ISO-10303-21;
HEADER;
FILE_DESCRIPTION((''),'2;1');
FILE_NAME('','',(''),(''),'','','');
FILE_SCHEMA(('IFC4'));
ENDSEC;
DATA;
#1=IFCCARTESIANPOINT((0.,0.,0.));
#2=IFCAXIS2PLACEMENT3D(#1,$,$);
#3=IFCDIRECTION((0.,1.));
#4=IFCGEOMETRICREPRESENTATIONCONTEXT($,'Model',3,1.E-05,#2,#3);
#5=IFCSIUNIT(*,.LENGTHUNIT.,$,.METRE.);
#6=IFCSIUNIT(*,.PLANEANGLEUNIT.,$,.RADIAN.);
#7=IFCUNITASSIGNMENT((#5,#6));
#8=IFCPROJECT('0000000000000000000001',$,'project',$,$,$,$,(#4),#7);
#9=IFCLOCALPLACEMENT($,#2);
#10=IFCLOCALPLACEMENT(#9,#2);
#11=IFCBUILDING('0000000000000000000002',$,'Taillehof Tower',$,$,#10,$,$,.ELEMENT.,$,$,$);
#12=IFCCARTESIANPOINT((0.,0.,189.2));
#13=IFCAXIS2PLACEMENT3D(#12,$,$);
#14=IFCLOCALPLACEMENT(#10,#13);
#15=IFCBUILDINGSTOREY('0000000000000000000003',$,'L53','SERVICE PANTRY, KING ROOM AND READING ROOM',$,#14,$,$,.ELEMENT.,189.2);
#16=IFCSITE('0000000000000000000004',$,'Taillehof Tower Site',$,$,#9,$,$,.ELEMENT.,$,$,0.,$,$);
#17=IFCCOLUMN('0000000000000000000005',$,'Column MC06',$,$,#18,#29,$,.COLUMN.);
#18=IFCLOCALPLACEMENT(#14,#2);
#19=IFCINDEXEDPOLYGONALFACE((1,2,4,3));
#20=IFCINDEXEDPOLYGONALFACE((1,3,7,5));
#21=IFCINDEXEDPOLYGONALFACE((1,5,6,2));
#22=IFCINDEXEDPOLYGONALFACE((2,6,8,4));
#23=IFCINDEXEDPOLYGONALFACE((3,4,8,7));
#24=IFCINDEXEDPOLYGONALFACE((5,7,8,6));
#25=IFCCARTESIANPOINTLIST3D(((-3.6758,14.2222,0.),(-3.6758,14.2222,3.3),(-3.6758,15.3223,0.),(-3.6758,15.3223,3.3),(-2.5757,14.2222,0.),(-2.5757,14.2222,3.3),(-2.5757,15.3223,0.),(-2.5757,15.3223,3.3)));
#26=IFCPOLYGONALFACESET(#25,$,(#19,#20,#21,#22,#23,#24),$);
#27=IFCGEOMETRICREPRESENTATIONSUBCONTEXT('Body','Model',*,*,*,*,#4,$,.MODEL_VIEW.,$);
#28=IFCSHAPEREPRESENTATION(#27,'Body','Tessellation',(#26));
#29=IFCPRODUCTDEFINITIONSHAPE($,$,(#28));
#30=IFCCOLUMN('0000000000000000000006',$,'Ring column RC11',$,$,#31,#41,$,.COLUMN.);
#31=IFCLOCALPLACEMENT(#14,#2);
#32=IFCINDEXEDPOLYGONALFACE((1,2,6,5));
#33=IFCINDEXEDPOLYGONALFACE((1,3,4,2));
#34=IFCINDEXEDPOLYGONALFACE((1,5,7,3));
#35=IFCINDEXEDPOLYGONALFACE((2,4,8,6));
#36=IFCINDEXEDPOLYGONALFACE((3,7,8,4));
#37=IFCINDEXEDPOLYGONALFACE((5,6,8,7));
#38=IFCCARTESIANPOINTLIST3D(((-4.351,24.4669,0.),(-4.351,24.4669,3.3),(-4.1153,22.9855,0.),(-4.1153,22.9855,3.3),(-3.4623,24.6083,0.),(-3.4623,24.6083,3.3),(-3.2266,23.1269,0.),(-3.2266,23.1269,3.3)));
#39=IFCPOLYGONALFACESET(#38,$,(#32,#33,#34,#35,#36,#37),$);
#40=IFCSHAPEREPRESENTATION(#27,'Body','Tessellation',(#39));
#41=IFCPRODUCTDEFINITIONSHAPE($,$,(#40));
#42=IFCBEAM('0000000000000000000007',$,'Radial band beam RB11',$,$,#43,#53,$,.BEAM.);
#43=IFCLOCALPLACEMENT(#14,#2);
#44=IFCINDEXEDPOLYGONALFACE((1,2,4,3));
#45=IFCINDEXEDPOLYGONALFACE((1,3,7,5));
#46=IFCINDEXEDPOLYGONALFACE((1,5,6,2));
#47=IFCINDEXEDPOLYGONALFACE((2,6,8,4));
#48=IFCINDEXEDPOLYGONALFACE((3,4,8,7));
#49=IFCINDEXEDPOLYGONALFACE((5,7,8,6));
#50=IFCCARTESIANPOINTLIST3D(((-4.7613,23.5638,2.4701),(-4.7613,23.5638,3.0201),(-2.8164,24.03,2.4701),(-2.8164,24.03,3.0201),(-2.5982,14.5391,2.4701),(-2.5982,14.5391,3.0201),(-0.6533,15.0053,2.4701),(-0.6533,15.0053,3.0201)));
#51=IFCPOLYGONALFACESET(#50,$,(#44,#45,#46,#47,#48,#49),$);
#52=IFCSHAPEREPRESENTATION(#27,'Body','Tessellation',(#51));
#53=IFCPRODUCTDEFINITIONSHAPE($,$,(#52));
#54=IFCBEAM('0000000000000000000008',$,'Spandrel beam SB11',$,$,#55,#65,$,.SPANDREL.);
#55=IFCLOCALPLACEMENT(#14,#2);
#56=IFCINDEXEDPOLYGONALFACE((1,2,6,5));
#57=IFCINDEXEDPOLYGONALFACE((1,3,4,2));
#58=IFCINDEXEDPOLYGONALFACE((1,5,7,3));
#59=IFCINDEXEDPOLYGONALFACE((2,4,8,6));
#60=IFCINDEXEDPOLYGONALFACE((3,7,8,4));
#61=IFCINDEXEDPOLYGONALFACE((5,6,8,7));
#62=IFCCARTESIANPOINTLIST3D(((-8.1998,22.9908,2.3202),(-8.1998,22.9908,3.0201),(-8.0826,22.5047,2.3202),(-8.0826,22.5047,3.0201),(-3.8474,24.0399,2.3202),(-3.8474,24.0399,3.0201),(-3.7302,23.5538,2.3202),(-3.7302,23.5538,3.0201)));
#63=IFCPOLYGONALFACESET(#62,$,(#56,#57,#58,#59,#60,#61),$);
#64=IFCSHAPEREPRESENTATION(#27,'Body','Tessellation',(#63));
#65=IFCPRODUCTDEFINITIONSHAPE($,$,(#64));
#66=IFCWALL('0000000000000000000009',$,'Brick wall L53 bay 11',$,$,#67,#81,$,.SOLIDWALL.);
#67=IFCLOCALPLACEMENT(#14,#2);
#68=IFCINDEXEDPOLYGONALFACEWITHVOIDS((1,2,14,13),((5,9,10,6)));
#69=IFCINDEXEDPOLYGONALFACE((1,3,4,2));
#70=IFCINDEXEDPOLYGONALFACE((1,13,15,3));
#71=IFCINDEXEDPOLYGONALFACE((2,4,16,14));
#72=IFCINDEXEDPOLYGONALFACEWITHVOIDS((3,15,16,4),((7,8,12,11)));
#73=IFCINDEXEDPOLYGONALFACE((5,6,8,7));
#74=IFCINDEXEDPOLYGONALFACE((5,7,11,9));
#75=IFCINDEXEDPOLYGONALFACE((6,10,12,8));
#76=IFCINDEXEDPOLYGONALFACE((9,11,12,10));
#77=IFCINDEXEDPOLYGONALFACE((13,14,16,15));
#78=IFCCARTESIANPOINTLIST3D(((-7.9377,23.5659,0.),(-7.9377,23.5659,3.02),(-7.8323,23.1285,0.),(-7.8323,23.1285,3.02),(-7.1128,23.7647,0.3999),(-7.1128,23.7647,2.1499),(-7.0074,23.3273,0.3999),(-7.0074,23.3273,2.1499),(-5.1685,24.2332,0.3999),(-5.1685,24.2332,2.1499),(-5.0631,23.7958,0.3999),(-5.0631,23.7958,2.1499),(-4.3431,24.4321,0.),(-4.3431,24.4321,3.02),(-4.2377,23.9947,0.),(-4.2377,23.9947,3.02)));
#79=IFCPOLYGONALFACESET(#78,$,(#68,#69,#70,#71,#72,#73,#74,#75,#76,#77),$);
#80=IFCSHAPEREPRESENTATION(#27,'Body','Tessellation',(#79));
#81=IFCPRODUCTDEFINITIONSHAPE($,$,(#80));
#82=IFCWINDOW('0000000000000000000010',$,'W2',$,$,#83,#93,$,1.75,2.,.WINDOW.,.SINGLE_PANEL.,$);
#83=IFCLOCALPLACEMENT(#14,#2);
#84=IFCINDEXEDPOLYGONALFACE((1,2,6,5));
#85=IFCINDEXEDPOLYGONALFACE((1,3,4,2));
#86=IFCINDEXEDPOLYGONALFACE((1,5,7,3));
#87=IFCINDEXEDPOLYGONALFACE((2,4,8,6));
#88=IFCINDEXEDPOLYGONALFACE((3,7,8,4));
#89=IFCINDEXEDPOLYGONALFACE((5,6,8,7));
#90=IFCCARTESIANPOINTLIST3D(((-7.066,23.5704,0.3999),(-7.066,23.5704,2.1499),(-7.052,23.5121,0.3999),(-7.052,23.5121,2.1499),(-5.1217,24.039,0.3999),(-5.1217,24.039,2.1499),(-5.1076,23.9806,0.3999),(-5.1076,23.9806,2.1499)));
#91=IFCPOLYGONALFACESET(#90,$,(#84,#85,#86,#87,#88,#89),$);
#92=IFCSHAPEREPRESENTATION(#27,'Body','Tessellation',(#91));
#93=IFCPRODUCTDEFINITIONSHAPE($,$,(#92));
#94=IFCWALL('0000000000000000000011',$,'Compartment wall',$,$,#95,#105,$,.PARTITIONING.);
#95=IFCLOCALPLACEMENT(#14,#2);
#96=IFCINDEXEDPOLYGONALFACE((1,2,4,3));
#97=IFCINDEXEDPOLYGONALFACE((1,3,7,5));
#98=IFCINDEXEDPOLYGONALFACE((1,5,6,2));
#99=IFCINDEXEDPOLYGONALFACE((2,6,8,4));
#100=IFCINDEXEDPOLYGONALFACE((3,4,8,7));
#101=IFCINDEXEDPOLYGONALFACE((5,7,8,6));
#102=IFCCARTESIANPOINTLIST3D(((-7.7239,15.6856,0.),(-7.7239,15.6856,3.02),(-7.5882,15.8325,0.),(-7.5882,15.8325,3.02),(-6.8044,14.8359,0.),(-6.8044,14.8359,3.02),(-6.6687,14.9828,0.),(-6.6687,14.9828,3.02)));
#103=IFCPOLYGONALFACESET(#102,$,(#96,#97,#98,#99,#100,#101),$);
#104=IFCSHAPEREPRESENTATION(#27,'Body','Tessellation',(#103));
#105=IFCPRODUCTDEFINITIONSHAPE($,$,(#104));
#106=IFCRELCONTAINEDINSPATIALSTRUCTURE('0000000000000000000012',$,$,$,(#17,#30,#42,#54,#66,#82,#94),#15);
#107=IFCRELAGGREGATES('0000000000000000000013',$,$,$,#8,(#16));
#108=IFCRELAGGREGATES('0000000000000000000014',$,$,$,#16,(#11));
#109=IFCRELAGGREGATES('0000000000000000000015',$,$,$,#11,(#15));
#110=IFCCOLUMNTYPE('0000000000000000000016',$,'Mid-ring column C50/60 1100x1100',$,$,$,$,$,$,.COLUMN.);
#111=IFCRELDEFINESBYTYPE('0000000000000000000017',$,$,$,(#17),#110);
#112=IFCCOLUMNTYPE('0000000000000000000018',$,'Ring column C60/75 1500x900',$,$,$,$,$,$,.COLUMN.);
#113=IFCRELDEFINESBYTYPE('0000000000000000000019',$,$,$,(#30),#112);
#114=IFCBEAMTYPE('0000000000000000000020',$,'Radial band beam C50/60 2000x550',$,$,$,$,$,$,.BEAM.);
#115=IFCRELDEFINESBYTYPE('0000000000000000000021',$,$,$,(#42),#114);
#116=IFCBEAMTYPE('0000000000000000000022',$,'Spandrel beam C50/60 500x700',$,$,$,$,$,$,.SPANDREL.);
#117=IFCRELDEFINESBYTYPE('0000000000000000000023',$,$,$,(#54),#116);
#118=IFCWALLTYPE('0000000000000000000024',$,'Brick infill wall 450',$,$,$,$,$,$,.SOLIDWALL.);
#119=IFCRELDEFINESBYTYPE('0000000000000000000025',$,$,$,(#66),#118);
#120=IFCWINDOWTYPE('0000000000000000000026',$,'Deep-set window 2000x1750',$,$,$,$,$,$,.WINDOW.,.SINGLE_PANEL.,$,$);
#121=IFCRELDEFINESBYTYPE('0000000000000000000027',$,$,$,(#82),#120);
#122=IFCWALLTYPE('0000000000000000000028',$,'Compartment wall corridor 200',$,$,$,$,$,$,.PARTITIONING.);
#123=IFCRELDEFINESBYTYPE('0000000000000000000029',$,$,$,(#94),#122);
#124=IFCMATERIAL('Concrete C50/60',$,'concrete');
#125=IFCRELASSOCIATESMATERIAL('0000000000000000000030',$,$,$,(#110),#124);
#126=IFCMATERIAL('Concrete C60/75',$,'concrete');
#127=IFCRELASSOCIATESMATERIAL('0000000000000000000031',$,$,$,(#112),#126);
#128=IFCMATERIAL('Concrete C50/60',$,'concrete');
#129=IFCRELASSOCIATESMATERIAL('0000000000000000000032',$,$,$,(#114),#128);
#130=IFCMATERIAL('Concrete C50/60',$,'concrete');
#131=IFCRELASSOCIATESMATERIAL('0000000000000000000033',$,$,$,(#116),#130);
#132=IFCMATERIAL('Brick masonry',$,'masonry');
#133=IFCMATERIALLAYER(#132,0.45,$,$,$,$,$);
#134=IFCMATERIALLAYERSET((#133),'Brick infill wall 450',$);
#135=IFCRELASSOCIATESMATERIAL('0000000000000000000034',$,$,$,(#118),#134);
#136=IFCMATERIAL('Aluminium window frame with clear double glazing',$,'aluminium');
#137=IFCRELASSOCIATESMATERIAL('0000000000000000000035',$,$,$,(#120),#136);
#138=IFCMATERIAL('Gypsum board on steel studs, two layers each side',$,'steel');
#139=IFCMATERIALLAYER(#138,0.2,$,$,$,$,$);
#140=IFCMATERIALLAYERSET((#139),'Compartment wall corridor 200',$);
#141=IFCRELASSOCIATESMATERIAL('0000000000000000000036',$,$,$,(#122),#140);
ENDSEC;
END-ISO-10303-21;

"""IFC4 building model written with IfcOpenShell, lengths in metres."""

from ifc_helpers import new_model, si_unit, direction, frame, frame_2d, origin, origin_2d, place, context, subcontext, project, spatial, rectangle, extrude, material, layer, layer_set, material_profile, profile_set, type_object, element, fill, save


model = new_model("IFC4")

# Units and contexts
model_context = context("Model", 3, precision=1e-05, world=origin(), true_north=direction((0.0, 1.0)))
body_context = subcontext(model_context, "Body", "Model", "MODEL_VIEW")
ifc_project = project(units=[si_unit("LENGTHUNIT", "METRE"), si_unit("PLANEANGLEUNIT", "RADIAN")], contexts=[model_context])

# Site, building, storey
site_placement = place(None, origin())
site = spatial("IfcSite", under=ifc_project, at=site_placement, Name="Taillehof Tower Site", CompositionType="ELEMENT", RefElevation=0.0)
building_placement = place(site_placement, origin())
building = spatial("IfcBuilding", under=site, at=building_placement, Name="Taillehof Tower", CompositionType="ELEMENT")
storey_placement = place(building_placement, frame((0.0, 0.0, 189.2)))
storey = spatial("IfcBuildingStorey", under=building, at=storey_placement, Name="L53", Description="SERVICE PANTRY, KING ROOM AND READING ROOM", CompositionType="ELEMENT", Elevation=189.2)

# Columns
ifc_material_1 = material(Name="Concrete C50/60", Category="concrete")
ifc_material_profile_1 = material_profile(ifc_material_1, rectangle(XDim=1.1001, YDim=1.1001, at=origin_2d()), Name="RC 1100x1100")
ifc_profile_set_1 = profile_set([ifc_material_profile_1], Name="Concrete C50/60")
column_type_1 = type_object("IfcColumnType", Name="Mid-ring column C50/60 1100x1100", PredefinedType="COLUMN", material=ifc_profile_set_1)
column_1_placement = place(storey_placement, frame((-3.1257, 14.7722, 0.0), z_axis=(0.0, 0.0, 1.0), x_axis=(1.0, 0.0, 0.0)))
element("IfcColumn", 1, at=column_1_placement, inside=storey, type_object=column_type_1, Name="Column MC06", PredefinedType="COLUMN", context=body_context, shape_type="SweptSolid", body=[
    extrude(rectangle(XDim=1.1001, YDim=1.1001, at=origin_2d()), origin(), (0.0, 0.0, 1.0), 3.3),
])
ifc_material_2 = material(Name="Concrete C60/75", Category="concrete")
ifc_material_profile_2 = material_profile(ifc_material_2, rectangle(XDim=1.5, YDim=0.8999, at=origin_2d()), Name="RC 1500x900")
ifc_profile_set_2 = profile_set([ifc_material_profile_2], Name="Concrete C60/75")
column_type_2 = type_object("IfcColumnType", Name="Ring column C60/75 1500x900", PredefinedType="COLUMN", material=ifc_profile_set_2)
column_2_placement = place(storey_placement, frame((-3.7888, 23.7969, 0.0), z_axis=(0.0, 0.0, 1.0), x_axis=(-0.157116, 0.98758, 0.0)))
element("IfcColumn", 2, at=column_2_placement, inside=storey, type_object=column_type_2, Name="Ring column RC11", PredefinedType="COLUMN", context=body_context, shape_type="SweptSolid", body=[
    extrude(rectangle(XDim=1.5, YDim=0.8999, at=origin_2d()), origin(), (0.0, 0.0, 1.0), 3.3),
])

# Beams
ifc_material_3 = material(Name="Concrete C50/60", Category="concrete")
ifc_material_profile_3 = material_profile(ifc_material_3, rectangle(XDim=2.0, YDim=0.55, at=origin_2d()), Name="RC 2000x550")
ifc_profile_set_3 = profile_set([ifc_material_profile_3], Name="Concrete C50/60")
beam_type_1 = type_object("IfcBeamType", Name="Radial band beam C50/60 2000x550", PredefinedType="BEAM", material=ifc_profile_set_3)
beam_1_placement = place(storey_placement, frame((-3.7888, 23.7969, 2.7451), z_axis=(0.233084, -0.972457, 0.0), x_axis=(0.972457, 0.233084, 0.0)))
element("IfcBeam", 3, at=beam_1_placement, inside=storey, type_object=beam_type_1, Name="Radial band beam RB11", PredefinedType="BEAM", context=body_context, shape_type="SweptSolid", body=[
    extrude(rectangle(XDim=2.0, YDim=0.55, at=origin_2d()), origin(), (0.0, 0.0, 1.0), 9.2803),
])
ifc_material_4 = material(Name="Concrete C50/60", Category="concrete")
ifc_material_profile_4 = material_profile(ifc_material_4, rectangle(XDim=0.5, YDim=0.7, at=origin_2d()), Name="RC 500x700")
ifc_profile_set_4 = profile_set([ifc_material_profile_4], Name="Concrete C50/60")
beam_type_2 = type_object("IfcBeamType", Name="Spandrel beam C50/60 500x700", PredefinedType="SPANDREL", material=ifc_profile_set_4)
beam_2_placement = place(storey_placement, frame((-3.7888, 23.7969, 2.6702), z_axis=(-0.972158, -0.234328, 0.0), x_axis=(0.234328, -0.972158, 0.0)))
element("IfcBeam", 4, at=beam_2_placement, inside=storey, type_object=beam_type_2, Name="Spandrel beam SB11", PredefinedType="SPANDREL", context=body_context, shape_type="SweptSolid", body=[
    extrude(rectangle(XDim=0.5, YDim=0.7, at=origin_2d()), origin(), (0.0, 0.0, 1.0), 4.4771),
])

# Wall, opening, window
ifc_material_5 = material(Name="Brick masonry", Category="masonry")
ifc_layer_1 = layer(ifc_material_5, 0.45)
ifc_layer_set_1 = layer_set([ifc_layer_1], Name="Brick infill wall 450")
wall_type_1 = type_object("IfcWallType", Name="Brick infill wall 450", PredefinedType="SOLIDWALL", material=ifc_layer_set_1)
wall_1_placement = place(storey_placement, frame((-4.2905, 24.2134, 0.0), z_axis=(0.0, 0.0, 1.0), x_axis=(-0.972174, -0.234262, 0.0)))
wall_1 = element("IfcWall", 5, at=wall_1_placement, inside=storey, type_object=wall_type_1, Name="Brick wall L53 bay 11", PredefinedType="SOLIDWALL", context=body_context, shape_type="SweptSolid", body=[
    extrude(rectangle(XDim=3.6975, YDim=0.45, at=frame_2d((1.8486, 0.0))), origin(), (0.0, 0.0, 1.0), 3.02),
])
opening_1_placement = place(wall_1_placement, frame((0.8489, 0.0, 0.3999)))
opening_1 = element("IfcOpeningElement", 6, at=opening_1_placement, cuts=wall_1, PredefinedType="OPENING", context=body_context, shape_type="SweptSolid", body=[
    extrude(rectangle(XDim=2.0, YDim=1.75, at=frame_2d((1.0, 0.875))), frame((0.0, 0.2349, 0.0), z_axis=(0.0, -1.0, 0.0), x_axis=(1.0, 0.0, 0.0)), (0.0, 0.0, 1.0), 0.47),
])
ifc_material_6 = material(Name="Aluminium window frame with clear double glazing", Category="aluminium")
window_type = type_object("IfcWindowType", Name="Deep-set window 2000x1750", PartitioningType="SINGLE_PANEL", PredefinedType="WINDOW", material=ifc_material_6)
window_placement = place(opening_1_placement, origin())
window = element("IfcWindow", 7, at=window_placement, inside=storey, type_object=window_type, Name="W2", OverallHeight=1.75, OverallWidth=2.0, PartitioningType="SINGLE_PANEL", PredefinedType="WINDOW", context=body_context, shape_type="SweptSolid", body=[
    extrude(rectangle(XDim=2.0, YDim=1.75, at=frame_2d((1.0, 0.875))), frame((0.0, 0.0349, 0.0), z_axis=(0.0, -1.0, 0.0), x_axis=(1.0, 0.0, 0.0)), (0.0, 0.0, 1.0), 0.0601),
])
fill(opening_1, window)

# Wall
ifc_material_7 = material(Name="Gypsum board on steel studs, two layers each side", Category="steel")
ifc_layer_2 = layer(ifc_material_7, 0.2)
ifc_layer_set_2 = layer_set([ifc_layer_2], Name="Compartment wall corridor 200")
wall_type_2 = type_object("IfcWallType", Name="Compartment wall corridor 200", PredefinedType="PARTITIONING", material=ifc_layer_set_2)
wall_2_placement = place(storey_placement, frame((-7.656, 15.759, 0.0), z_axis=(0.0, 0.0, 1.0), x_axis=(0.734444, -0.678669, 0.0)))
element("IfcWall", 8, at=wall_2_placement, inside=storey, type_object=wall_type_2, Name="Compartment wall", PredefinedType="PARTITIONING", context=body_context, shape_type="SweptSolid", body=[
    extrude(rectangle(XDim=1.252, YDim=0.2, at=frame_2d((0.626, 0.0))), origin(), (0.0, 0.0, 1.0), 3.02),
])

save(model, "model.ifc")
